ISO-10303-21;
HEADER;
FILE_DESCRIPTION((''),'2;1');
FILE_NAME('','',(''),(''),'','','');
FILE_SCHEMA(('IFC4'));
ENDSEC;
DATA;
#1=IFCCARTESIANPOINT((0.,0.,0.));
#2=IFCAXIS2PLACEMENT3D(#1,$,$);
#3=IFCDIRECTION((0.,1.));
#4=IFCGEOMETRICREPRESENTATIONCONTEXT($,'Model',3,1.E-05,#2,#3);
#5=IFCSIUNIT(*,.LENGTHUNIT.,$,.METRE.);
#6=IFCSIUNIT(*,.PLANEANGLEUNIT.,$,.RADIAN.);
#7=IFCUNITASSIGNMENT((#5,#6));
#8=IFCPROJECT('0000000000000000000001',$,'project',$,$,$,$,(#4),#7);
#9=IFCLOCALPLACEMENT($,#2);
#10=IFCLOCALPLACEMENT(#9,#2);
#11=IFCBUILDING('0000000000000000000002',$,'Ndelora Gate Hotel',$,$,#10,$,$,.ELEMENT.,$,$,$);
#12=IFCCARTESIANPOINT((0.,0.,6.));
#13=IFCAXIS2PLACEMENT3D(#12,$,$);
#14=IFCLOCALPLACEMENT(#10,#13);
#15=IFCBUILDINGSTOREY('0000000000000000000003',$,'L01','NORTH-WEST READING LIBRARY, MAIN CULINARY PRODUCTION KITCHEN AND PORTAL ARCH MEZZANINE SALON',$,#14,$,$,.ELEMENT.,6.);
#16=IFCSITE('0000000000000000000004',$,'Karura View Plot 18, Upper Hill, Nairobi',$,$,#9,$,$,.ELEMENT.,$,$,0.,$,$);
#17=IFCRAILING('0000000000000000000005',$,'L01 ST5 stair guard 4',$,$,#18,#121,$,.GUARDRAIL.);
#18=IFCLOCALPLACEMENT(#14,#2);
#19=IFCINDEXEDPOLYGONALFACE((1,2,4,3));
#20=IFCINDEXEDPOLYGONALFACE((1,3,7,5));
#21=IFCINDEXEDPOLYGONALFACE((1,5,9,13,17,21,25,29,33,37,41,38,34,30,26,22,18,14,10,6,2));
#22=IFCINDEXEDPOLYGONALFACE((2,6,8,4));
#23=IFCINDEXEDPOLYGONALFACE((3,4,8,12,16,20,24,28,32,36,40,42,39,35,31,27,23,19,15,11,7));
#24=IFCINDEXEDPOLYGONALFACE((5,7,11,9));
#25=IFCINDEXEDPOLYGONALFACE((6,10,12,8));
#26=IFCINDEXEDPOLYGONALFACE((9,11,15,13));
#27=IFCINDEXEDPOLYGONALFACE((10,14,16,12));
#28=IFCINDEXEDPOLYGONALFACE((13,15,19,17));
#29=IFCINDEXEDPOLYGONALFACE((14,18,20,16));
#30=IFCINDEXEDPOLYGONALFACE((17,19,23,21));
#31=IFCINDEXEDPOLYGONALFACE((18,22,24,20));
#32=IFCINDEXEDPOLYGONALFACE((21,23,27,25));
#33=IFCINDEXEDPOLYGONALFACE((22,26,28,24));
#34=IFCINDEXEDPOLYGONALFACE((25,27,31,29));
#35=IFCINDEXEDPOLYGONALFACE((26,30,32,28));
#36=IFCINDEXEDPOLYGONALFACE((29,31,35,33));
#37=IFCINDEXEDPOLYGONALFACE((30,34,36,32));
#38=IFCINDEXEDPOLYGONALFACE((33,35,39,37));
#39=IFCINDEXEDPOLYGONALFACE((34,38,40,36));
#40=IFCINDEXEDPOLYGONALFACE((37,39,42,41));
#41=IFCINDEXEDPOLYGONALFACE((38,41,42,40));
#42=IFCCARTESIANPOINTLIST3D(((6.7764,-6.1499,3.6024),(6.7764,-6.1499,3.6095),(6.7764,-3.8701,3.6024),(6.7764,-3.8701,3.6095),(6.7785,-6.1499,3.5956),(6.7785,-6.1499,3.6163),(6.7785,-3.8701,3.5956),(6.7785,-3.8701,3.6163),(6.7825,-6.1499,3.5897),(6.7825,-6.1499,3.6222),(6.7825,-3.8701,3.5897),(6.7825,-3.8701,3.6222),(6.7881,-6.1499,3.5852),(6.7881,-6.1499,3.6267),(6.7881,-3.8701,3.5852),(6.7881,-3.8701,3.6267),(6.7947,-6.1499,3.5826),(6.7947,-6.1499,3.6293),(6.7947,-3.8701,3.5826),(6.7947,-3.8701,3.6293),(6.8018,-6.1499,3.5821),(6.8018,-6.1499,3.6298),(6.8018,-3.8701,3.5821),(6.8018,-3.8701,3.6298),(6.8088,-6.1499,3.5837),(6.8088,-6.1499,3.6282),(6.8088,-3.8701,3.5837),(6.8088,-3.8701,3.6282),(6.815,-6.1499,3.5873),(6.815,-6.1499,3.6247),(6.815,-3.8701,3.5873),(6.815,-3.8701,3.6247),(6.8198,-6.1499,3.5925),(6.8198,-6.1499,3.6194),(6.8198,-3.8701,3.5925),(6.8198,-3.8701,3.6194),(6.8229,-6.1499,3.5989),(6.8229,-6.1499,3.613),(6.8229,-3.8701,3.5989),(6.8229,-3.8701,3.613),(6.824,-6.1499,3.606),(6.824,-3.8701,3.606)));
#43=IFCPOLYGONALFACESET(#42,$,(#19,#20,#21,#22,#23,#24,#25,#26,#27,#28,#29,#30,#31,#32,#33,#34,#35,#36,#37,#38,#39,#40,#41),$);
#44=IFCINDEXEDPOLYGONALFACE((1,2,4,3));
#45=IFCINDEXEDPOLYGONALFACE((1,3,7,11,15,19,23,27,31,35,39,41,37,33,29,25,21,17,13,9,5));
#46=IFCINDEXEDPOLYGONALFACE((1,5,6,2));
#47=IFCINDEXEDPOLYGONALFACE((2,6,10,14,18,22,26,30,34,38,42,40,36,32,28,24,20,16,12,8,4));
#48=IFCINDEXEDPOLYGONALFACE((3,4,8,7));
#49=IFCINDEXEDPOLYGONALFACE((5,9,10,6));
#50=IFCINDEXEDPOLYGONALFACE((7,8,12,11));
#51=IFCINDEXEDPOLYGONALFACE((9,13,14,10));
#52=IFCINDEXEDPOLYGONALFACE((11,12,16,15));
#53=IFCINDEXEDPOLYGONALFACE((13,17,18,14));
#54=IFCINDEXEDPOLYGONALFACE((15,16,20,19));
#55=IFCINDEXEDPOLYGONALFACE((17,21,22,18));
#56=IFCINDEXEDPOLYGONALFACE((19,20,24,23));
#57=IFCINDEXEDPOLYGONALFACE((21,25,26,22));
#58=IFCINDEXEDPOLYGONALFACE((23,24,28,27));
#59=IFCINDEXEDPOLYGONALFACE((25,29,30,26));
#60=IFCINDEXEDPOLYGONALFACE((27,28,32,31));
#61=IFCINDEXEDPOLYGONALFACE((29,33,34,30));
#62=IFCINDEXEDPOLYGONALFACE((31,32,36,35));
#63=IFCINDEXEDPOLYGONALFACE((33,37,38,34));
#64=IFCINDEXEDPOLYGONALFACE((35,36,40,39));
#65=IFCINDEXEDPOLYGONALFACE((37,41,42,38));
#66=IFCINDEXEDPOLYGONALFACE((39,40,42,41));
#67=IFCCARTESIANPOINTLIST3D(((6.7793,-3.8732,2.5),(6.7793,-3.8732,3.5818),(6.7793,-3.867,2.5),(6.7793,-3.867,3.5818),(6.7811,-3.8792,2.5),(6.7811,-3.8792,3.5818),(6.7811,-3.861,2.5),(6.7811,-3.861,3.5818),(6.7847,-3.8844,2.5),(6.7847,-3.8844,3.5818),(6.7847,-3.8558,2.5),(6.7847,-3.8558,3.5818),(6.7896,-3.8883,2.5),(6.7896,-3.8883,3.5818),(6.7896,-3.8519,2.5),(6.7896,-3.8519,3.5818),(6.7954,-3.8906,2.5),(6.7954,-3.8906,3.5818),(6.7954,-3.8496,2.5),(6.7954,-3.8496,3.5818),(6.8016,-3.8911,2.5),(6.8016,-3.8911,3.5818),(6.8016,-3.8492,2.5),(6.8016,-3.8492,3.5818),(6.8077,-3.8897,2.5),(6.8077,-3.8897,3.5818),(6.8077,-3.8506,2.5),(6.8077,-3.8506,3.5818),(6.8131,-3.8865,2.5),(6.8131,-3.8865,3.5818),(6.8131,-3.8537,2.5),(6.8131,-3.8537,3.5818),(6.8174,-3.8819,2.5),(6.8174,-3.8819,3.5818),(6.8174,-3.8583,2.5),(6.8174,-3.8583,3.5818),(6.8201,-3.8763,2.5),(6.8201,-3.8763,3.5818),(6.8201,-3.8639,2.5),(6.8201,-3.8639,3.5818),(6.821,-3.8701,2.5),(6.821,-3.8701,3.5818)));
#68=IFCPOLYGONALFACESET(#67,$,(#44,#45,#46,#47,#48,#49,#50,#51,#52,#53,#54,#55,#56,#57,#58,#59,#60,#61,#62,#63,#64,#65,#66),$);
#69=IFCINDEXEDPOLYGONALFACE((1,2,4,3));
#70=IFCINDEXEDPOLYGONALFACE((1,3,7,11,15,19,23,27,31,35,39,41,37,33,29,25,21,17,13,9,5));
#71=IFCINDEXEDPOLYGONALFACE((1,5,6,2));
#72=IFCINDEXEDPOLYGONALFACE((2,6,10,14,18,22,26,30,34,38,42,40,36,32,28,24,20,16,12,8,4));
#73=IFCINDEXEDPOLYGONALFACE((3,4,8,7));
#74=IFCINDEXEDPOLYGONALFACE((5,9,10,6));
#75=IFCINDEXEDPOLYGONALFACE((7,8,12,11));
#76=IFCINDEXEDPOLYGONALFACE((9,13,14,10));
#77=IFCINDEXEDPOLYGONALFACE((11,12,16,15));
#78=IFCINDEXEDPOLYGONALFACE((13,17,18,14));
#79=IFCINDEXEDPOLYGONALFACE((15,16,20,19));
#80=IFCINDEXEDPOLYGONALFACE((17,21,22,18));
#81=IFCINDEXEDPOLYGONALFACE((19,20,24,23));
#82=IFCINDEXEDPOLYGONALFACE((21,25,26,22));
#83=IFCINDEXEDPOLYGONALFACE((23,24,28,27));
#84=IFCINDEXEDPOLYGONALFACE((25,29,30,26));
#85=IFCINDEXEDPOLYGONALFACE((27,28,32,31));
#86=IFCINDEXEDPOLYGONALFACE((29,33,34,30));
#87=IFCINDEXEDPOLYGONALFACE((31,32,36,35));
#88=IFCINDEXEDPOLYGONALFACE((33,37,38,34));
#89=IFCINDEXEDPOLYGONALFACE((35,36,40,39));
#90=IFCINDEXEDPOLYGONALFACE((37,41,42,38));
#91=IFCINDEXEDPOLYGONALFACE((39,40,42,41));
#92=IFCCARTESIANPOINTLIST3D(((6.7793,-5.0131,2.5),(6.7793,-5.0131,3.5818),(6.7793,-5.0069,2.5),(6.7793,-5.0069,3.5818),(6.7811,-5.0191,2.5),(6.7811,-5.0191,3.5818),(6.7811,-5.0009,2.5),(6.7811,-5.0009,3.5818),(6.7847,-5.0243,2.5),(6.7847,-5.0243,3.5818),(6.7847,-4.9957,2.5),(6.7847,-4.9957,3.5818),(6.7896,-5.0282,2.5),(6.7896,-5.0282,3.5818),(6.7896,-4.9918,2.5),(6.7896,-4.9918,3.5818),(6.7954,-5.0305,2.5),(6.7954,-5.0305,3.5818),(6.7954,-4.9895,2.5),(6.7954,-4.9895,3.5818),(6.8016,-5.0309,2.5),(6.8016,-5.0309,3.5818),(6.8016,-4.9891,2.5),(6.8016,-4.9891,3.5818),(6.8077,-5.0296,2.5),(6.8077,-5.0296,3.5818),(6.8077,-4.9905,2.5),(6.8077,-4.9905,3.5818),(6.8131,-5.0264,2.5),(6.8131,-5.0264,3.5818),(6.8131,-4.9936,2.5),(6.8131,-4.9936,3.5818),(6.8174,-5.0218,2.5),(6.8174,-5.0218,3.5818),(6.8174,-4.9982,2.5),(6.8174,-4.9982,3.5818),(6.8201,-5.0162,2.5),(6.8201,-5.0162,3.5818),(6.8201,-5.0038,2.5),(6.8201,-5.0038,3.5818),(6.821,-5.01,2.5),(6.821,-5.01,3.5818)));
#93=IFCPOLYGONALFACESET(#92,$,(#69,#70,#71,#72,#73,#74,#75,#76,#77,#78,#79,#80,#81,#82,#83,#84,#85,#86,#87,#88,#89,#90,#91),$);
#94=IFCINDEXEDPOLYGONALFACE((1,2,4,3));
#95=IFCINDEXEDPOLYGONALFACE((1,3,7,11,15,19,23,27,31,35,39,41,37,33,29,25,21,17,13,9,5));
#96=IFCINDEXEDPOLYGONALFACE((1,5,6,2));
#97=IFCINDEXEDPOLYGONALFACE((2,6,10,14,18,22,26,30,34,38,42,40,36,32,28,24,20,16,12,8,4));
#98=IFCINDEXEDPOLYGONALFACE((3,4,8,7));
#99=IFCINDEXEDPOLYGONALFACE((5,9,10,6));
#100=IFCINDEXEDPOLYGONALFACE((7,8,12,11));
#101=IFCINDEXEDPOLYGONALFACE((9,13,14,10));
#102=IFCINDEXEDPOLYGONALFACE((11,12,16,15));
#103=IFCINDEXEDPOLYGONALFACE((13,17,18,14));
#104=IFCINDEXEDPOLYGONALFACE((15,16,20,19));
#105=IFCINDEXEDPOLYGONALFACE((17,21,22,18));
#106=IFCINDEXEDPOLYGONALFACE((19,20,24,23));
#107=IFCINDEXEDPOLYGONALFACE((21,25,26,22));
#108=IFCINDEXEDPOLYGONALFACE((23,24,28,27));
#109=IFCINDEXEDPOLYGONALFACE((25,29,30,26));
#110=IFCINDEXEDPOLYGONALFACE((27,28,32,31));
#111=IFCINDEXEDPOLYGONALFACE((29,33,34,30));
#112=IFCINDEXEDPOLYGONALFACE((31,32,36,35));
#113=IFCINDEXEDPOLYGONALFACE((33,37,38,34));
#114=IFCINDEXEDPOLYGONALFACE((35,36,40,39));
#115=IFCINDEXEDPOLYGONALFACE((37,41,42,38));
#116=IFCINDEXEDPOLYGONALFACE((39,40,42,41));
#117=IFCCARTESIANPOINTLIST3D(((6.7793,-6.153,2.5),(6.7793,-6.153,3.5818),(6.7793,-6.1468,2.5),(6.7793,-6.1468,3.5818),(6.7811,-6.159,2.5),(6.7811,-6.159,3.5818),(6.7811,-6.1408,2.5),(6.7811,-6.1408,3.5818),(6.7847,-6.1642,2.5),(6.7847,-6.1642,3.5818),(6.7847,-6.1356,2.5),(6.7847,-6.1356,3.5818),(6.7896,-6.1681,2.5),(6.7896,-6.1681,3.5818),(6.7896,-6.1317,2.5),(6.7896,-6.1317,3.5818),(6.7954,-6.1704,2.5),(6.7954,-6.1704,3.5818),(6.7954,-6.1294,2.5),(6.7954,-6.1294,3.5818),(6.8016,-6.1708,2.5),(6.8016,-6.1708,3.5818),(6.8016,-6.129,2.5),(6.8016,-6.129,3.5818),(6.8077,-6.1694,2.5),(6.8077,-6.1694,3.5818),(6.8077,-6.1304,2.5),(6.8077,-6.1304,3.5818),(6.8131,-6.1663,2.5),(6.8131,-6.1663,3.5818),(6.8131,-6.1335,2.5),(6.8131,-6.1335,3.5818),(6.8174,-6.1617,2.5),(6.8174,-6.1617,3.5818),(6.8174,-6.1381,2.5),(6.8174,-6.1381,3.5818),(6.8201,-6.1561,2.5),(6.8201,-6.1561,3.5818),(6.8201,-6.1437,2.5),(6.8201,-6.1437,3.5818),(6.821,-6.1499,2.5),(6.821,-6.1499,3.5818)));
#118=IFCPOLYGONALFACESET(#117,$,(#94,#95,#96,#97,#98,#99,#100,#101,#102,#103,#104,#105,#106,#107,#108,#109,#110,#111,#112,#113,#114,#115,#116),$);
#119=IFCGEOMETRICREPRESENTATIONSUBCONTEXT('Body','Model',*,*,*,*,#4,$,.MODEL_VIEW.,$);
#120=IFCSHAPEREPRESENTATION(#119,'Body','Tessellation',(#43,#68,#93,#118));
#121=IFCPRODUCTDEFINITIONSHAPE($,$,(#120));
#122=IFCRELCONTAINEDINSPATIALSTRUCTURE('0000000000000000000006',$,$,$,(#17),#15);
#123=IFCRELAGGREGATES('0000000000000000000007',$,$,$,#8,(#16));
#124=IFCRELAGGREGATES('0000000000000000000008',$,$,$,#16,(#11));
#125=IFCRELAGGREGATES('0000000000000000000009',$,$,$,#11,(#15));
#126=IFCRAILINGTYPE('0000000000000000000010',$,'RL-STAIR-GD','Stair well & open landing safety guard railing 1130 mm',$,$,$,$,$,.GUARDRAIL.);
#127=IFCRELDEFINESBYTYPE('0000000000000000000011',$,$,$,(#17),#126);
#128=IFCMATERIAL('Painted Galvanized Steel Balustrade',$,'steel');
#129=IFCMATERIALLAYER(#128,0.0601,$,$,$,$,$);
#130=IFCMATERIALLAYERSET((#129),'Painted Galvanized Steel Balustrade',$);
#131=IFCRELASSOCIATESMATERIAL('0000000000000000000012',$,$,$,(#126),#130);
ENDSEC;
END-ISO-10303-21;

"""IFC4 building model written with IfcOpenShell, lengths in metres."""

from ifc_helpers import new_model, si_unit, direction, frame, origin, origin_2d, place, context, subcontext, project, spatial, circle, extrude, material, layer, layer_set, type_object, element, save


model = new_model("IFC4")

# Units and contexts
model_context = context("Model", 3, precision=1e-05, world=origin(), true_north=direction((0.0, 1.0)))
body_context = subcontext(model_context, "Body", "Model", "MODEL_VIEW")
ifc_project = project(units=[si_unit("LENGTHUNIT", "METRE"), si_unit("PLANEANGLEUNIT", "RADIAN")], contexts=[model_context])

# Site, building, storey
site_placement = place(None, origin())
site = spatial("IfcSite", under=ifc_project, at=site_placement, Name="Karura View Plot 18, Upper Hill, Nairobi", CompositionType="ELEMENT", RefElevation=0.0)
building_placement = place(site_placement, origin())
building = spatial("IfcBuilding", under=site, at=building_placement, Name="Ndelora Gate Hotel", CompositionType="ELEMENT")
storey_placement = place(building_placement, frame((0.0, 0.0, 6.0)))
storey = spatial("IfcBuildingStorey", under=building, at=storey_placement, Name="L01", Description="NORTH-WEST READING LIBRARY, MAIN CULINARY PRODUCTION KITCHEN AND PORTAL ARCH MEZZANINE SALON", CompositionType="ELEMENT", Elevation=6.0)

# Railing
ifc_material_1 = material(Name="Painted Galvanized Steel Balustrade", Category="steel")
ifc_layer_1 = layer(ifc_material_1, 0.0601)
ifc_layer_set_1 = layer_set([ifc_layer_1], Name="Painted Galvanized Steel Balustrade")
railing_type_1 = type_object("IfcRailingType", Name="RL-STAIR-GD", Description="Stair well & open landing safety guard railing 1130 mm", PredefinedType="GUARDRAIL", material=ifc_layer_set_1)
for number, where, name in (
    (1, (6.8, -3.8701, 2.5), "L01 ST5 stair guard 4"),
):
    element("IfcRailing", number, at=place(storey_placement, frame(where)), inside=storey, type_object=railing_type_1, Name=name, PredefinedType="GUARDRAIL", context=body_context, shape_type="SweptSolid", body=[
        extrude(circle(Radius=0.0239, at=origin_2d()), frame((0.0, 0.0, 1.106), z_axis=(0.0, -1.0, 0.0), x_axis=(1.0, 0.0, 0.0)), (0.0, 0.0, 1.0), 2.2798),
        extrude(circle(Radius=0.021, at=origin_2d()), origin(), (0.0, 0.0, 1.0), 1.0818),
        extrude(circle(Radius=0.021, at=origin_2d()), frame((0.0, -1.1399, 0.0)), (0.0, 0.0, 1.0), 1.0818),
        extrude(circle(Radius=0.021, at=origin_2d()), frame((0.0, -2.2798, 0.0)), (0.0, 0.0, 1.0), 1.0818),
    ])

save(model, "model.ifc")
